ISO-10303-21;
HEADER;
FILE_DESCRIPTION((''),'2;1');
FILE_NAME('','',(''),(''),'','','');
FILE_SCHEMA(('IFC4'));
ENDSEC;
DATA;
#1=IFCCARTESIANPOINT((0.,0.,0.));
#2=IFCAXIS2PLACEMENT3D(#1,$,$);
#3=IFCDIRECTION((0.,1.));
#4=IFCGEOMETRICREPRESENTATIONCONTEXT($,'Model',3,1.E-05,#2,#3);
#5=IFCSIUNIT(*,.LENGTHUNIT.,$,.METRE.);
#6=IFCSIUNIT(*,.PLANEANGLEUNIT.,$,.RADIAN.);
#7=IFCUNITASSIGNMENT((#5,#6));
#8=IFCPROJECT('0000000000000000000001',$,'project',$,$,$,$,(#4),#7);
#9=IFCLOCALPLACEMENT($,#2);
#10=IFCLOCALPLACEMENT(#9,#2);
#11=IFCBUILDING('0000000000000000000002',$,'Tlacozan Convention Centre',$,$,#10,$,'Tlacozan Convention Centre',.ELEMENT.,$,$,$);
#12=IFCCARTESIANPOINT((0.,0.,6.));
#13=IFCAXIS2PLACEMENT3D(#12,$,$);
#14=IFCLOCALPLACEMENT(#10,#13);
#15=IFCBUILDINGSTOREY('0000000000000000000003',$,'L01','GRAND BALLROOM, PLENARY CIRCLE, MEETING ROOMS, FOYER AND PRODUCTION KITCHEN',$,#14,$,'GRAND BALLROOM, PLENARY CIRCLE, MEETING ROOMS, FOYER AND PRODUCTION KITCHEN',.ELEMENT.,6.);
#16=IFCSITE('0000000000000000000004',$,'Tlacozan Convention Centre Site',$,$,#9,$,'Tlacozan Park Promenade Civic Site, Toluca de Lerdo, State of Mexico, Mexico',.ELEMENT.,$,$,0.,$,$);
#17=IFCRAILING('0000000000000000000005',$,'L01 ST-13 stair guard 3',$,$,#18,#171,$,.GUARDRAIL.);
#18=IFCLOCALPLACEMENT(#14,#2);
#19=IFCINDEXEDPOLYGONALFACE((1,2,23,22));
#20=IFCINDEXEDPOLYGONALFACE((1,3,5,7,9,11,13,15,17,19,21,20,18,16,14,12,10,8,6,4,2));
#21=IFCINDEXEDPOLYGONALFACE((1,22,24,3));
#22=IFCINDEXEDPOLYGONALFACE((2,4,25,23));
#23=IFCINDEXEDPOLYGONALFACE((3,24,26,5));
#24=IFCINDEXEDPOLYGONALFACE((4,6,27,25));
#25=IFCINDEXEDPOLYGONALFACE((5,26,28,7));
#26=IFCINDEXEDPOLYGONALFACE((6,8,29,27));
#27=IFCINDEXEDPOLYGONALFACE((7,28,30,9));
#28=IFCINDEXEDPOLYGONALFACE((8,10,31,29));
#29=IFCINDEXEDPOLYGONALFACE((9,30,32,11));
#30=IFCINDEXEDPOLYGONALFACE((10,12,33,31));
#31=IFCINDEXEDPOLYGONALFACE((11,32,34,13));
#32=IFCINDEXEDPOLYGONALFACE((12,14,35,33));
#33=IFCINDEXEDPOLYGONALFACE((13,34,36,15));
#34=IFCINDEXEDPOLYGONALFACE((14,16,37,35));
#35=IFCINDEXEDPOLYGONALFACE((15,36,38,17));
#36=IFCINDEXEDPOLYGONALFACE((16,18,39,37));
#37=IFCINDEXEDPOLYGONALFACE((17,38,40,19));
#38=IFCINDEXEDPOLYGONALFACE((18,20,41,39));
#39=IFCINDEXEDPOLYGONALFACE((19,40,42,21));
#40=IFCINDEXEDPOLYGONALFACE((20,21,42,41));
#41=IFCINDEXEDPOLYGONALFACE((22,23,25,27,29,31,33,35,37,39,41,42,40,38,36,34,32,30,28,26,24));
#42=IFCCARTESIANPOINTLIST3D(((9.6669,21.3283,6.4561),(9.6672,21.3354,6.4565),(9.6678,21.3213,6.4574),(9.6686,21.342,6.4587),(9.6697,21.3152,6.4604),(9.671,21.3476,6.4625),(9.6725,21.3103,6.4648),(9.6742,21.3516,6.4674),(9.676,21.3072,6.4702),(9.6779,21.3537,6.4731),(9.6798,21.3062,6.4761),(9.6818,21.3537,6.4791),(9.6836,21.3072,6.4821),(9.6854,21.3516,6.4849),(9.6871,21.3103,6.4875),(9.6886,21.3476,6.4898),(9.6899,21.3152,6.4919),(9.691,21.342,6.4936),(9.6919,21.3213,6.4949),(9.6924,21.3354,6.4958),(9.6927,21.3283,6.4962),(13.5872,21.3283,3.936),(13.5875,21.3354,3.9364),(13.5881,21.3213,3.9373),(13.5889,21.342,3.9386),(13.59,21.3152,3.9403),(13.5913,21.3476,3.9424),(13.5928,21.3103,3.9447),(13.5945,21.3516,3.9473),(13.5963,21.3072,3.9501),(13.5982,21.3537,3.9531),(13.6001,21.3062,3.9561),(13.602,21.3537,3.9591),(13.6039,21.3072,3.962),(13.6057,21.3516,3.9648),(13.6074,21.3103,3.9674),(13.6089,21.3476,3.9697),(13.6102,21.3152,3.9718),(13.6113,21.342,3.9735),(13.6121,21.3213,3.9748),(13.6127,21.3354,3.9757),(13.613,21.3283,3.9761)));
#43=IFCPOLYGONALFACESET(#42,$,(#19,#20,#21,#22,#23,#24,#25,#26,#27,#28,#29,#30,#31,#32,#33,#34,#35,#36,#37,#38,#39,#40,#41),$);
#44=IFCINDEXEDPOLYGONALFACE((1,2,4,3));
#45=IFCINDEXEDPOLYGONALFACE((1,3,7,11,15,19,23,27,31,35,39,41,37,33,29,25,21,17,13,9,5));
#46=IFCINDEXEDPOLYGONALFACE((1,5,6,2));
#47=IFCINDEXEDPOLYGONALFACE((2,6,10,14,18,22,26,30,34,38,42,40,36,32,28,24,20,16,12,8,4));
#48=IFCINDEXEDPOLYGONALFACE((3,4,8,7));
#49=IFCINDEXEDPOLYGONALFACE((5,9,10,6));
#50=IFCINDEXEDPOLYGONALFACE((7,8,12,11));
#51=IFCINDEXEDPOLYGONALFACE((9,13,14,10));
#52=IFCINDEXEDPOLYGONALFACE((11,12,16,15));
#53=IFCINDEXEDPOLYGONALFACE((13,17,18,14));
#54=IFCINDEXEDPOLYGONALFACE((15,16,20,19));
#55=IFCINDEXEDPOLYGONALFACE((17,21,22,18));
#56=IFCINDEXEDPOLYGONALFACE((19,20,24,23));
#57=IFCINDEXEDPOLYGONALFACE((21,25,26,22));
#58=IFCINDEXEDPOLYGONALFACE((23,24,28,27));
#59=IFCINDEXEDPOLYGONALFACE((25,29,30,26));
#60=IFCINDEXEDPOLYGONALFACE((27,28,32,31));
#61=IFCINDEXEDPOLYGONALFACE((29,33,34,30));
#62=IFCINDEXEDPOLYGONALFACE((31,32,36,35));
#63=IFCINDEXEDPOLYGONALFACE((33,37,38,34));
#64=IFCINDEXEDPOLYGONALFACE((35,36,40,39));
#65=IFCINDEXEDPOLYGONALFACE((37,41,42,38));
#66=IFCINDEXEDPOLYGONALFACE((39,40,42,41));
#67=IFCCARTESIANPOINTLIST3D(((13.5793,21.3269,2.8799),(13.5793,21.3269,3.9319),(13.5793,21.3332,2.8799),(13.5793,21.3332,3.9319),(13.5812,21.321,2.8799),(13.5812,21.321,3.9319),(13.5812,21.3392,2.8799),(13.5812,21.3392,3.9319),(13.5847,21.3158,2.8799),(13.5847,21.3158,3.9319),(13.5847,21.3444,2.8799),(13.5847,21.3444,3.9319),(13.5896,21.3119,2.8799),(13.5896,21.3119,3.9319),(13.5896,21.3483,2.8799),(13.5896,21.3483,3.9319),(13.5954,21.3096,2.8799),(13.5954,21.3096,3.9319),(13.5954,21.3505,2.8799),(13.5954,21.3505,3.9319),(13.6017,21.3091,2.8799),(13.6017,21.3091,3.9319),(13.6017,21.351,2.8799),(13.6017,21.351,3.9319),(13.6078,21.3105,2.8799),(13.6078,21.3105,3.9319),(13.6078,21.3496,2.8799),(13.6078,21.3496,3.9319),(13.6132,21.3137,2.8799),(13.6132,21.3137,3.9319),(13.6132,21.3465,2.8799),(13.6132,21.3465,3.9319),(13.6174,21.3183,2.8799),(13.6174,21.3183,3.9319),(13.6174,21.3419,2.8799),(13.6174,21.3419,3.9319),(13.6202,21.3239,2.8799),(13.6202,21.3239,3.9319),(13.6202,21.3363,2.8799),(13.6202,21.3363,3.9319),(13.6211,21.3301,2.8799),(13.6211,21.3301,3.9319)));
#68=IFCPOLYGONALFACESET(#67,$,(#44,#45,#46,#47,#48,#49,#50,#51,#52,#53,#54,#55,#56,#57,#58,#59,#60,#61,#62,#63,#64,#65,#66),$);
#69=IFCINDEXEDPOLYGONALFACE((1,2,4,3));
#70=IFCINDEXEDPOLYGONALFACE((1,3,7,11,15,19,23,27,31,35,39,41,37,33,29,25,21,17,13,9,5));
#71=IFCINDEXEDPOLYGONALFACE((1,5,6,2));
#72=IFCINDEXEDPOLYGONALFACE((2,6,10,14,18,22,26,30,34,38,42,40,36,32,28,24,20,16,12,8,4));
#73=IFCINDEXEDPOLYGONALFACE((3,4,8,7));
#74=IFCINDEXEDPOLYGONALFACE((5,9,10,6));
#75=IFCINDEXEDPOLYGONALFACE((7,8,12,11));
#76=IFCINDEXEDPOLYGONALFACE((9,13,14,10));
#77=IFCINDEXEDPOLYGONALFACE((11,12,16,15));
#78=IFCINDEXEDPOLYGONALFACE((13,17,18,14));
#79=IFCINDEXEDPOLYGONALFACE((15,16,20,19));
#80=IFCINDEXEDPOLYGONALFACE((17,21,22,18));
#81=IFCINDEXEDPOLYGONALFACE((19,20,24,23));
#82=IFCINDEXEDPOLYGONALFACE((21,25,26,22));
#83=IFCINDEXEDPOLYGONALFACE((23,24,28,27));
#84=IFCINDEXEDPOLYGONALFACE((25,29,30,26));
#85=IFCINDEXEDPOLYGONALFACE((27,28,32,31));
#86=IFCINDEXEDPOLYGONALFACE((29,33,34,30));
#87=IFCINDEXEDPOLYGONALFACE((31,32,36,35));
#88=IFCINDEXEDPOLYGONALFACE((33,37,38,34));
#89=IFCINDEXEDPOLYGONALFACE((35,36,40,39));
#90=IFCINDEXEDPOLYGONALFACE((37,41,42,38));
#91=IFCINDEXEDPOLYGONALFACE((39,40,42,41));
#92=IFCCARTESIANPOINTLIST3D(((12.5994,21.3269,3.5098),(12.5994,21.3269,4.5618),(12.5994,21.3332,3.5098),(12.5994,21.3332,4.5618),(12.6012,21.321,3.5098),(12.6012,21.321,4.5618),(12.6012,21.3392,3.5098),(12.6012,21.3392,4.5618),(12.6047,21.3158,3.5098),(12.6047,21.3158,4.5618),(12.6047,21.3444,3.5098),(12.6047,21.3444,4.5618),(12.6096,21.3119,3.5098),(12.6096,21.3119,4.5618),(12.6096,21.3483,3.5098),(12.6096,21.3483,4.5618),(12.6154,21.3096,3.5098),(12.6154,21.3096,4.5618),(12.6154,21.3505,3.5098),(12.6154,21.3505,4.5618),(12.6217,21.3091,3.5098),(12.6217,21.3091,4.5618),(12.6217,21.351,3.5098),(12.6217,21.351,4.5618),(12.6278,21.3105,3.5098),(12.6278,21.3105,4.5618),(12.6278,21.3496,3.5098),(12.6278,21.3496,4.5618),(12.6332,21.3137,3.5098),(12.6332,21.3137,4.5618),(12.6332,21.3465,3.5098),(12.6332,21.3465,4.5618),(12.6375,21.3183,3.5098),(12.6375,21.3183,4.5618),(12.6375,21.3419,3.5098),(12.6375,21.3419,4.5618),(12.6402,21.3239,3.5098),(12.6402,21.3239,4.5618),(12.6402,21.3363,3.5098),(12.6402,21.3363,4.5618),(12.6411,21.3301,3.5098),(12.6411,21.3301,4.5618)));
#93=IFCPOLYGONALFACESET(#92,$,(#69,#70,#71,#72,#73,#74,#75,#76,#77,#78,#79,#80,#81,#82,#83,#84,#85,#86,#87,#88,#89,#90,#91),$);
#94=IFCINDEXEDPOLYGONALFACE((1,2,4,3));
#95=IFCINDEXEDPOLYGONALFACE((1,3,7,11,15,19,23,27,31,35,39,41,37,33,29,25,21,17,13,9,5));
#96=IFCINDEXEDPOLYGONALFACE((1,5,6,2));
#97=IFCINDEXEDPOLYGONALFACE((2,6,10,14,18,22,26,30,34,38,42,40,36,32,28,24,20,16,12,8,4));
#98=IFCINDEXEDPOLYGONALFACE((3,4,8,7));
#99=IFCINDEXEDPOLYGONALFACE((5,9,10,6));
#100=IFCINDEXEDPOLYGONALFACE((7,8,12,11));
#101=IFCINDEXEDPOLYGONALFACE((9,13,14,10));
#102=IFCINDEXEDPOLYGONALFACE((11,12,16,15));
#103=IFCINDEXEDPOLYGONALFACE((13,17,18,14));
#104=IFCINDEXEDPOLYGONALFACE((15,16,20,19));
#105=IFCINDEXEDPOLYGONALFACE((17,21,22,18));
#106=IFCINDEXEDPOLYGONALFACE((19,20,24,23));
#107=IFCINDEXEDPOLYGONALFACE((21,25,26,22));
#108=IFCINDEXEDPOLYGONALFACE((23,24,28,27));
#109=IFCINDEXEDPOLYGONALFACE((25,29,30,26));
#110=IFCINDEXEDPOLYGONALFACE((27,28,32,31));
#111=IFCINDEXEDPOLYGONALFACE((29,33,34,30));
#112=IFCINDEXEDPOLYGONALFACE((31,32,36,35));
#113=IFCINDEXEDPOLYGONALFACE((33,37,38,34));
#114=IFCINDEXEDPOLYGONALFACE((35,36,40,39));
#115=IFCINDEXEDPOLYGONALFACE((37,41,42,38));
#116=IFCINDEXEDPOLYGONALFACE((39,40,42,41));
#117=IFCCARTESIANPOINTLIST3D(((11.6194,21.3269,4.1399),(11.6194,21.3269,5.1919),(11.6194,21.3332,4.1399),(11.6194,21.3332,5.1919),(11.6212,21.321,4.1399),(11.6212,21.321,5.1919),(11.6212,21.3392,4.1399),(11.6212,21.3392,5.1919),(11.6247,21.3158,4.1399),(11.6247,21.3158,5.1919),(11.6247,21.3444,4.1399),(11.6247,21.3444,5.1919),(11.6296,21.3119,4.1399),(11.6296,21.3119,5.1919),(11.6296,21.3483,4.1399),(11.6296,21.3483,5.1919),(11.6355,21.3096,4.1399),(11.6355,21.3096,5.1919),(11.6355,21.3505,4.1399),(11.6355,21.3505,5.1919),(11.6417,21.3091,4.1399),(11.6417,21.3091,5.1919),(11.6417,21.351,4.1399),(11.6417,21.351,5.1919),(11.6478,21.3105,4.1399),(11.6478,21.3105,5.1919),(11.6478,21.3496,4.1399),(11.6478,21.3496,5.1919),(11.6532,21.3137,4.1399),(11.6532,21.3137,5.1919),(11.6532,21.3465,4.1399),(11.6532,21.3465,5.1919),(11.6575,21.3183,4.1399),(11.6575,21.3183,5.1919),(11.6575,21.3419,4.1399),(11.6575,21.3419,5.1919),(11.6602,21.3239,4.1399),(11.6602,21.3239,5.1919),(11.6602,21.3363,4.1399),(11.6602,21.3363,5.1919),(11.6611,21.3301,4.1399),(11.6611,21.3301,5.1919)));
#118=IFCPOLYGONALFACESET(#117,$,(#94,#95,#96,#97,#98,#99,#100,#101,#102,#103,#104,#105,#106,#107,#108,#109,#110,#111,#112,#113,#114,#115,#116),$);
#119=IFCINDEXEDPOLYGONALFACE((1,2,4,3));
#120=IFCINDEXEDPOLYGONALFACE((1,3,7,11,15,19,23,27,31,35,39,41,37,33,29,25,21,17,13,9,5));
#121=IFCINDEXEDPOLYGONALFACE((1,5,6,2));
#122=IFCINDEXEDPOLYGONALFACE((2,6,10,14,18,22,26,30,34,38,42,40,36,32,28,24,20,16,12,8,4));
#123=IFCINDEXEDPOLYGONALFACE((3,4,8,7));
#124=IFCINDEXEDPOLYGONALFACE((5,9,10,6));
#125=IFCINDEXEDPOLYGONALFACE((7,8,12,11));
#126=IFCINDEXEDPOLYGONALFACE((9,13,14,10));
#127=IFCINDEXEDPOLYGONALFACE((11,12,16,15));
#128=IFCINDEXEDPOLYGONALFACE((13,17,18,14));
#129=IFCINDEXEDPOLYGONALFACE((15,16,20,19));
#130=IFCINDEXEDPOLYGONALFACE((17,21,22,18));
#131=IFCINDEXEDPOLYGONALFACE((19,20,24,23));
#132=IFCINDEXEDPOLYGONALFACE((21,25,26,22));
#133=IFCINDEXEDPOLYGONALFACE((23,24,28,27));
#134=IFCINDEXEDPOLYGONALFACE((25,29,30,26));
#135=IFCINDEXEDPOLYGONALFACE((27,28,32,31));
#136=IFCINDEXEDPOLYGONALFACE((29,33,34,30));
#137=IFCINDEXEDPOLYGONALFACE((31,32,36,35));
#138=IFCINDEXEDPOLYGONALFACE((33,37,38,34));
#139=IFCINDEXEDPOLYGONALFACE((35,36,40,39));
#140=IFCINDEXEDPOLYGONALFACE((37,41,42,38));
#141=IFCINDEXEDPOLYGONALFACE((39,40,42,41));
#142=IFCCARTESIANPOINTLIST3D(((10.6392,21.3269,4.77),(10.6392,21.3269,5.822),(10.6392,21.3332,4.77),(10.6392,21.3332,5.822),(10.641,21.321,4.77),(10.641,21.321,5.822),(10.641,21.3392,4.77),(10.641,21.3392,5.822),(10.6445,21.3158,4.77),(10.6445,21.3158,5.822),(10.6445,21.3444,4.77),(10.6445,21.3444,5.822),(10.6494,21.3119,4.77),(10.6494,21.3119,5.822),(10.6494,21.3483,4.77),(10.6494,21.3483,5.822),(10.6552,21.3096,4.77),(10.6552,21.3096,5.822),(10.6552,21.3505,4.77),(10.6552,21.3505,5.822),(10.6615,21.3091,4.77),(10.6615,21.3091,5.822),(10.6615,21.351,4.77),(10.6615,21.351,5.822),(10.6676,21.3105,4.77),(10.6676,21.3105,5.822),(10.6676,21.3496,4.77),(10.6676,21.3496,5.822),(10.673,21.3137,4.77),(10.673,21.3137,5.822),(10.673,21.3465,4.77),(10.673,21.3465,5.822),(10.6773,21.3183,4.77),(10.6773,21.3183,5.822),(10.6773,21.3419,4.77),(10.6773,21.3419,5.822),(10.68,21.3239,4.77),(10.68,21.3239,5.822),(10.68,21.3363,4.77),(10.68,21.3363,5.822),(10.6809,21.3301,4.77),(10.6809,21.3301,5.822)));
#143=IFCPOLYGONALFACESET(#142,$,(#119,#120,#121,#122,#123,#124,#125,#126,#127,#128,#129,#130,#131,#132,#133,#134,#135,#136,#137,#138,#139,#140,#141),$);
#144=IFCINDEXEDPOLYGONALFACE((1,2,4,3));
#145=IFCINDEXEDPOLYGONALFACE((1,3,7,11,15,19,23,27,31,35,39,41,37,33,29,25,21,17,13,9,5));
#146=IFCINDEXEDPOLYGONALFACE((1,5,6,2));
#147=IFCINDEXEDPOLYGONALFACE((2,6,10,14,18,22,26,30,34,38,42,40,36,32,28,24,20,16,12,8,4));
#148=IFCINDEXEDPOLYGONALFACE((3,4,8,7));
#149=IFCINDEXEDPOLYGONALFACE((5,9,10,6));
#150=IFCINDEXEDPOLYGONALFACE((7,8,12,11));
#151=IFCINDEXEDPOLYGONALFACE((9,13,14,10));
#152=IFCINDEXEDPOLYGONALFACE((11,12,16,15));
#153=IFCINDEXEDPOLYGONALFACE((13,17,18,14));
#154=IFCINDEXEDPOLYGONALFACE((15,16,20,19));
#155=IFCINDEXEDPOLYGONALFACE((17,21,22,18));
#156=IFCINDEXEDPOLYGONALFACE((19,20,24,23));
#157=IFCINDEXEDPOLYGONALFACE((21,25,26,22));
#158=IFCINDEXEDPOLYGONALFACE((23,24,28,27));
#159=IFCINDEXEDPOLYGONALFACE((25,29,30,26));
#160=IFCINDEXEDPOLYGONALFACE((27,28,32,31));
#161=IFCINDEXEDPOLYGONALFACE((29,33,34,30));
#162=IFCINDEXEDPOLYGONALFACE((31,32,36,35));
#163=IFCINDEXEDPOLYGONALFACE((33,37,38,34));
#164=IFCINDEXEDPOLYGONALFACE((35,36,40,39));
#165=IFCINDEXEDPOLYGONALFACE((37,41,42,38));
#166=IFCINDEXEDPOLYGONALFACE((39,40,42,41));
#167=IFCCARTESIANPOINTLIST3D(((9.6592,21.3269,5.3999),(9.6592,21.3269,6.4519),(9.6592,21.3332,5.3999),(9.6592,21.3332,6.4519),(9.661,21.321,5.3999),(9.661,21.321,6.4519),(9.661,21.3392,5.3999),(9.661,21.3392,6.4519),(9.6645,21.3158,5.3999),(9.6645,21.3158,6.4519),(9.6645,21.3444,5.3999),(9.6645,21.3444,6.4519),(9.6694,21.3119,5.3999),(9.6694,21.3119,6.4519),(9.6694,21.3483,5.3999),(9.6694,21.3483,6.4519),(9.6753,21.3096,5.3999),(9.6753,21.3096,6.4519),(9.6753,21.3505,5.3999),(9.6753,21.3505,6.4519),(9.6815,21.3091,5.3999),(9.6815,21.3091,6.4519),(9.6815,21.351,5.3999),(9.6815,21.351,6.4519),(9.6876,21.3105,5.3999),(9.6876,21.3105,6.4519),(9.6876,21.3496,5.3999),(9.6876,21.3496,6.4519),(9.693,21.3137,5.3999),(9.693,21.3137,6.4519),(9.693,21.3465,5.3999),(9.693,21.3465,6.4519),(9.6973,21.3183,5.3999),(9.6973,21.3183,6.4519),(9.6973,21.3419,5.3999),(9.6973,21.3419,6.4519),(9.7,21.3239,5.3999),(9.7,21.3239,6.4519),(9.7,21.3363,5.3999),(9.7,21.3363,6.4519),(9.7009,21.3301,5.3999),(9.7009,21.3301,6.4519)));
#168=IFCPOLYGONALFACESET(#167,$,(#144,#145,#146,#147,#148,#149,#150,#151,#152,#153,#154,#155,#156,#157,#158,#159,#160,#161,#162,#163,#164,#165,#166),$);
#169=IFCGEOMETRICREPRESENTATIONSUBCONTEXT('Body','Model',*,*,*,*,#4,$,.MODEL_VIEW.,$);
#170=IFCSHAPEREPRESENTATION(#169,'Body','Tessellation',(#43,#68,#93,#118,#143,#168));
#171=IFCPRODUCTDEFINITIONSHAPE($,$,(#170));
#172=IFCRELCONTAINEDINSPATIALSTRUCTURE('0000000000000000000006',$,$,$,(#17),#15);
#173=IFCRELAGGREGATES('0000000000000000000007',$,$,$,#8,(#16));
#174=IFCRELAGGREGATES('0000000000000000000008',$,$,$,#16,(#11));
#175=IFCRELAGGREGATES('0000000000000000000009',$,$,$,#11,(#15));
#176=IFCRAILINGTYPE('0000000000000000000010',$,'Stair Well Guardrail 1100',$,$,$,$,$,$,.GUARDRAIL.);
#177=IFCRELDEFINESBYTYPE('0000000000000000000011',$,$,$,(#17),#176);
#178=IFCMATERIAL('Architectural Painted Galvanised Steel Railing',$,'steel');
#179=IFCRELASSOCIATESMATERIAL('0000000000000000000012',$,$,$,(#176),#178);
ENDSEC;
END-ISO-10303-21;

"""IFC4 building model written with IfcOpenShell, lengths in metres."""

from ifc_helpers import new_model, si_unit, direction, frame, origin, origin_2d, place, context, subcontext, project, spatial, circle, extrude, material, type_object, element, save


model = new_model("IFC4")

# Units and contexts
model_context = context("Model", 3, precision=1e-05, world=origin(), true_north=direction((0.0, 1.0)))
body_context = subcontext(model_context, "Body", "Model", "MODEL_VIEW")
ifc_project = project(units=[si_unit("LENGTHUNIT", "METRE"), si_unit("PLANEANGLEUNIT", "RADIAN")], contexts=[model_context])

# Site, building, storey
site_placement = place(None, origin())
site = spatial("IfcSite", under=ifc_project, at=site_placement, Name="Tlacozan Convention Centre Site", LongName="Tlacozan Park Promenade Civic Site, Toluca de Lerdo, State of Mexico, Mexico", CompositionType="ELEMENT", RefElevation=0.0)
building_placement = place(site_placement, origin())
building = spatial("IfcBuilding", under=site, at=building_placement, Name="Tlacozan Convention Centre", LongName="Tlacozan Convention Centre", CompositionType="ELEMENT")
storey_placement = place(building_placement, frame((0.0, 0.0, 6.0)))
storey = spatial("IfcBuildingStorey", under=building, at=storey_placement, Name="L01", Description="GRAND BALLROOM, PLENARY CIRCLE, MEETING ROOMS, FOYER AND PRODUCTION KITCHEN", LongName="GRAND BALLROOM, PLENARY CIRCLE, MEETING ROOMS, FOYER AND PRODUCTION KITCHEN", CompositionType="ELEMENT", Elevation=6.0)

# Railing
ifc_material_1 = material(Name="Architectural Painted Galvanised Steel Railing", Category="steel")
railing_type_1 = type_object("IfcRailingType", Name="Stair Well Guardrail 1100", PredefinedType="GUARDRAIL", material=ifc_material_1)
railing_1_placement = place(storey_placement, frame((13.6001, 21.3301, 2.8799)))
element("IfcRailing", 1, at=railing_1_placement, inside=storey, type_object=railing_type_1, Name="L01 ST-13 stair guard 3", PredefinedType="GUARDRAIL", context=body_context, shape_type="SweptSolid", body=[
    extrude(circle(Radius=0.0239, at=origin_2d()), frame((0.0, 0.0, 1.0762), z_axis=(-0.841187, 0.0, 0.540744), x_axis=(0.0, -1.0, 0.0)), (0.0, 0.0, 1.0), 4.6604),
    extrude(circle(Radius=0.021, at=origin_2d()), origin(), (0.0, 0.0, 1.0), 1.052),
    extrude(circle(Radius=0.021, at=origin_2d()), frame((-0.98, 0.0, 0.6299)), (0.0, 0.0, 1.0), 1.052),
    extrude(circle(Radius=0.021, at=origin_2d()), frame((-1.96, 0.0, 1.26)), (0.0, 0.0, 1.0), 1.052),
    extrude(circle(Radius=0.021, at=origin_2d()), frame((-2.9402, 0.0, 1.8901)), (0.0, 0.0, 1.0), 1.052),
    extrude(circle(Radius=0.021, at=origin_2d()), frame((-3.9202, 0.0, 2.52)), (0.0, 0.0, 1.0), 1.052),
])

save(model, "model.ifc")
